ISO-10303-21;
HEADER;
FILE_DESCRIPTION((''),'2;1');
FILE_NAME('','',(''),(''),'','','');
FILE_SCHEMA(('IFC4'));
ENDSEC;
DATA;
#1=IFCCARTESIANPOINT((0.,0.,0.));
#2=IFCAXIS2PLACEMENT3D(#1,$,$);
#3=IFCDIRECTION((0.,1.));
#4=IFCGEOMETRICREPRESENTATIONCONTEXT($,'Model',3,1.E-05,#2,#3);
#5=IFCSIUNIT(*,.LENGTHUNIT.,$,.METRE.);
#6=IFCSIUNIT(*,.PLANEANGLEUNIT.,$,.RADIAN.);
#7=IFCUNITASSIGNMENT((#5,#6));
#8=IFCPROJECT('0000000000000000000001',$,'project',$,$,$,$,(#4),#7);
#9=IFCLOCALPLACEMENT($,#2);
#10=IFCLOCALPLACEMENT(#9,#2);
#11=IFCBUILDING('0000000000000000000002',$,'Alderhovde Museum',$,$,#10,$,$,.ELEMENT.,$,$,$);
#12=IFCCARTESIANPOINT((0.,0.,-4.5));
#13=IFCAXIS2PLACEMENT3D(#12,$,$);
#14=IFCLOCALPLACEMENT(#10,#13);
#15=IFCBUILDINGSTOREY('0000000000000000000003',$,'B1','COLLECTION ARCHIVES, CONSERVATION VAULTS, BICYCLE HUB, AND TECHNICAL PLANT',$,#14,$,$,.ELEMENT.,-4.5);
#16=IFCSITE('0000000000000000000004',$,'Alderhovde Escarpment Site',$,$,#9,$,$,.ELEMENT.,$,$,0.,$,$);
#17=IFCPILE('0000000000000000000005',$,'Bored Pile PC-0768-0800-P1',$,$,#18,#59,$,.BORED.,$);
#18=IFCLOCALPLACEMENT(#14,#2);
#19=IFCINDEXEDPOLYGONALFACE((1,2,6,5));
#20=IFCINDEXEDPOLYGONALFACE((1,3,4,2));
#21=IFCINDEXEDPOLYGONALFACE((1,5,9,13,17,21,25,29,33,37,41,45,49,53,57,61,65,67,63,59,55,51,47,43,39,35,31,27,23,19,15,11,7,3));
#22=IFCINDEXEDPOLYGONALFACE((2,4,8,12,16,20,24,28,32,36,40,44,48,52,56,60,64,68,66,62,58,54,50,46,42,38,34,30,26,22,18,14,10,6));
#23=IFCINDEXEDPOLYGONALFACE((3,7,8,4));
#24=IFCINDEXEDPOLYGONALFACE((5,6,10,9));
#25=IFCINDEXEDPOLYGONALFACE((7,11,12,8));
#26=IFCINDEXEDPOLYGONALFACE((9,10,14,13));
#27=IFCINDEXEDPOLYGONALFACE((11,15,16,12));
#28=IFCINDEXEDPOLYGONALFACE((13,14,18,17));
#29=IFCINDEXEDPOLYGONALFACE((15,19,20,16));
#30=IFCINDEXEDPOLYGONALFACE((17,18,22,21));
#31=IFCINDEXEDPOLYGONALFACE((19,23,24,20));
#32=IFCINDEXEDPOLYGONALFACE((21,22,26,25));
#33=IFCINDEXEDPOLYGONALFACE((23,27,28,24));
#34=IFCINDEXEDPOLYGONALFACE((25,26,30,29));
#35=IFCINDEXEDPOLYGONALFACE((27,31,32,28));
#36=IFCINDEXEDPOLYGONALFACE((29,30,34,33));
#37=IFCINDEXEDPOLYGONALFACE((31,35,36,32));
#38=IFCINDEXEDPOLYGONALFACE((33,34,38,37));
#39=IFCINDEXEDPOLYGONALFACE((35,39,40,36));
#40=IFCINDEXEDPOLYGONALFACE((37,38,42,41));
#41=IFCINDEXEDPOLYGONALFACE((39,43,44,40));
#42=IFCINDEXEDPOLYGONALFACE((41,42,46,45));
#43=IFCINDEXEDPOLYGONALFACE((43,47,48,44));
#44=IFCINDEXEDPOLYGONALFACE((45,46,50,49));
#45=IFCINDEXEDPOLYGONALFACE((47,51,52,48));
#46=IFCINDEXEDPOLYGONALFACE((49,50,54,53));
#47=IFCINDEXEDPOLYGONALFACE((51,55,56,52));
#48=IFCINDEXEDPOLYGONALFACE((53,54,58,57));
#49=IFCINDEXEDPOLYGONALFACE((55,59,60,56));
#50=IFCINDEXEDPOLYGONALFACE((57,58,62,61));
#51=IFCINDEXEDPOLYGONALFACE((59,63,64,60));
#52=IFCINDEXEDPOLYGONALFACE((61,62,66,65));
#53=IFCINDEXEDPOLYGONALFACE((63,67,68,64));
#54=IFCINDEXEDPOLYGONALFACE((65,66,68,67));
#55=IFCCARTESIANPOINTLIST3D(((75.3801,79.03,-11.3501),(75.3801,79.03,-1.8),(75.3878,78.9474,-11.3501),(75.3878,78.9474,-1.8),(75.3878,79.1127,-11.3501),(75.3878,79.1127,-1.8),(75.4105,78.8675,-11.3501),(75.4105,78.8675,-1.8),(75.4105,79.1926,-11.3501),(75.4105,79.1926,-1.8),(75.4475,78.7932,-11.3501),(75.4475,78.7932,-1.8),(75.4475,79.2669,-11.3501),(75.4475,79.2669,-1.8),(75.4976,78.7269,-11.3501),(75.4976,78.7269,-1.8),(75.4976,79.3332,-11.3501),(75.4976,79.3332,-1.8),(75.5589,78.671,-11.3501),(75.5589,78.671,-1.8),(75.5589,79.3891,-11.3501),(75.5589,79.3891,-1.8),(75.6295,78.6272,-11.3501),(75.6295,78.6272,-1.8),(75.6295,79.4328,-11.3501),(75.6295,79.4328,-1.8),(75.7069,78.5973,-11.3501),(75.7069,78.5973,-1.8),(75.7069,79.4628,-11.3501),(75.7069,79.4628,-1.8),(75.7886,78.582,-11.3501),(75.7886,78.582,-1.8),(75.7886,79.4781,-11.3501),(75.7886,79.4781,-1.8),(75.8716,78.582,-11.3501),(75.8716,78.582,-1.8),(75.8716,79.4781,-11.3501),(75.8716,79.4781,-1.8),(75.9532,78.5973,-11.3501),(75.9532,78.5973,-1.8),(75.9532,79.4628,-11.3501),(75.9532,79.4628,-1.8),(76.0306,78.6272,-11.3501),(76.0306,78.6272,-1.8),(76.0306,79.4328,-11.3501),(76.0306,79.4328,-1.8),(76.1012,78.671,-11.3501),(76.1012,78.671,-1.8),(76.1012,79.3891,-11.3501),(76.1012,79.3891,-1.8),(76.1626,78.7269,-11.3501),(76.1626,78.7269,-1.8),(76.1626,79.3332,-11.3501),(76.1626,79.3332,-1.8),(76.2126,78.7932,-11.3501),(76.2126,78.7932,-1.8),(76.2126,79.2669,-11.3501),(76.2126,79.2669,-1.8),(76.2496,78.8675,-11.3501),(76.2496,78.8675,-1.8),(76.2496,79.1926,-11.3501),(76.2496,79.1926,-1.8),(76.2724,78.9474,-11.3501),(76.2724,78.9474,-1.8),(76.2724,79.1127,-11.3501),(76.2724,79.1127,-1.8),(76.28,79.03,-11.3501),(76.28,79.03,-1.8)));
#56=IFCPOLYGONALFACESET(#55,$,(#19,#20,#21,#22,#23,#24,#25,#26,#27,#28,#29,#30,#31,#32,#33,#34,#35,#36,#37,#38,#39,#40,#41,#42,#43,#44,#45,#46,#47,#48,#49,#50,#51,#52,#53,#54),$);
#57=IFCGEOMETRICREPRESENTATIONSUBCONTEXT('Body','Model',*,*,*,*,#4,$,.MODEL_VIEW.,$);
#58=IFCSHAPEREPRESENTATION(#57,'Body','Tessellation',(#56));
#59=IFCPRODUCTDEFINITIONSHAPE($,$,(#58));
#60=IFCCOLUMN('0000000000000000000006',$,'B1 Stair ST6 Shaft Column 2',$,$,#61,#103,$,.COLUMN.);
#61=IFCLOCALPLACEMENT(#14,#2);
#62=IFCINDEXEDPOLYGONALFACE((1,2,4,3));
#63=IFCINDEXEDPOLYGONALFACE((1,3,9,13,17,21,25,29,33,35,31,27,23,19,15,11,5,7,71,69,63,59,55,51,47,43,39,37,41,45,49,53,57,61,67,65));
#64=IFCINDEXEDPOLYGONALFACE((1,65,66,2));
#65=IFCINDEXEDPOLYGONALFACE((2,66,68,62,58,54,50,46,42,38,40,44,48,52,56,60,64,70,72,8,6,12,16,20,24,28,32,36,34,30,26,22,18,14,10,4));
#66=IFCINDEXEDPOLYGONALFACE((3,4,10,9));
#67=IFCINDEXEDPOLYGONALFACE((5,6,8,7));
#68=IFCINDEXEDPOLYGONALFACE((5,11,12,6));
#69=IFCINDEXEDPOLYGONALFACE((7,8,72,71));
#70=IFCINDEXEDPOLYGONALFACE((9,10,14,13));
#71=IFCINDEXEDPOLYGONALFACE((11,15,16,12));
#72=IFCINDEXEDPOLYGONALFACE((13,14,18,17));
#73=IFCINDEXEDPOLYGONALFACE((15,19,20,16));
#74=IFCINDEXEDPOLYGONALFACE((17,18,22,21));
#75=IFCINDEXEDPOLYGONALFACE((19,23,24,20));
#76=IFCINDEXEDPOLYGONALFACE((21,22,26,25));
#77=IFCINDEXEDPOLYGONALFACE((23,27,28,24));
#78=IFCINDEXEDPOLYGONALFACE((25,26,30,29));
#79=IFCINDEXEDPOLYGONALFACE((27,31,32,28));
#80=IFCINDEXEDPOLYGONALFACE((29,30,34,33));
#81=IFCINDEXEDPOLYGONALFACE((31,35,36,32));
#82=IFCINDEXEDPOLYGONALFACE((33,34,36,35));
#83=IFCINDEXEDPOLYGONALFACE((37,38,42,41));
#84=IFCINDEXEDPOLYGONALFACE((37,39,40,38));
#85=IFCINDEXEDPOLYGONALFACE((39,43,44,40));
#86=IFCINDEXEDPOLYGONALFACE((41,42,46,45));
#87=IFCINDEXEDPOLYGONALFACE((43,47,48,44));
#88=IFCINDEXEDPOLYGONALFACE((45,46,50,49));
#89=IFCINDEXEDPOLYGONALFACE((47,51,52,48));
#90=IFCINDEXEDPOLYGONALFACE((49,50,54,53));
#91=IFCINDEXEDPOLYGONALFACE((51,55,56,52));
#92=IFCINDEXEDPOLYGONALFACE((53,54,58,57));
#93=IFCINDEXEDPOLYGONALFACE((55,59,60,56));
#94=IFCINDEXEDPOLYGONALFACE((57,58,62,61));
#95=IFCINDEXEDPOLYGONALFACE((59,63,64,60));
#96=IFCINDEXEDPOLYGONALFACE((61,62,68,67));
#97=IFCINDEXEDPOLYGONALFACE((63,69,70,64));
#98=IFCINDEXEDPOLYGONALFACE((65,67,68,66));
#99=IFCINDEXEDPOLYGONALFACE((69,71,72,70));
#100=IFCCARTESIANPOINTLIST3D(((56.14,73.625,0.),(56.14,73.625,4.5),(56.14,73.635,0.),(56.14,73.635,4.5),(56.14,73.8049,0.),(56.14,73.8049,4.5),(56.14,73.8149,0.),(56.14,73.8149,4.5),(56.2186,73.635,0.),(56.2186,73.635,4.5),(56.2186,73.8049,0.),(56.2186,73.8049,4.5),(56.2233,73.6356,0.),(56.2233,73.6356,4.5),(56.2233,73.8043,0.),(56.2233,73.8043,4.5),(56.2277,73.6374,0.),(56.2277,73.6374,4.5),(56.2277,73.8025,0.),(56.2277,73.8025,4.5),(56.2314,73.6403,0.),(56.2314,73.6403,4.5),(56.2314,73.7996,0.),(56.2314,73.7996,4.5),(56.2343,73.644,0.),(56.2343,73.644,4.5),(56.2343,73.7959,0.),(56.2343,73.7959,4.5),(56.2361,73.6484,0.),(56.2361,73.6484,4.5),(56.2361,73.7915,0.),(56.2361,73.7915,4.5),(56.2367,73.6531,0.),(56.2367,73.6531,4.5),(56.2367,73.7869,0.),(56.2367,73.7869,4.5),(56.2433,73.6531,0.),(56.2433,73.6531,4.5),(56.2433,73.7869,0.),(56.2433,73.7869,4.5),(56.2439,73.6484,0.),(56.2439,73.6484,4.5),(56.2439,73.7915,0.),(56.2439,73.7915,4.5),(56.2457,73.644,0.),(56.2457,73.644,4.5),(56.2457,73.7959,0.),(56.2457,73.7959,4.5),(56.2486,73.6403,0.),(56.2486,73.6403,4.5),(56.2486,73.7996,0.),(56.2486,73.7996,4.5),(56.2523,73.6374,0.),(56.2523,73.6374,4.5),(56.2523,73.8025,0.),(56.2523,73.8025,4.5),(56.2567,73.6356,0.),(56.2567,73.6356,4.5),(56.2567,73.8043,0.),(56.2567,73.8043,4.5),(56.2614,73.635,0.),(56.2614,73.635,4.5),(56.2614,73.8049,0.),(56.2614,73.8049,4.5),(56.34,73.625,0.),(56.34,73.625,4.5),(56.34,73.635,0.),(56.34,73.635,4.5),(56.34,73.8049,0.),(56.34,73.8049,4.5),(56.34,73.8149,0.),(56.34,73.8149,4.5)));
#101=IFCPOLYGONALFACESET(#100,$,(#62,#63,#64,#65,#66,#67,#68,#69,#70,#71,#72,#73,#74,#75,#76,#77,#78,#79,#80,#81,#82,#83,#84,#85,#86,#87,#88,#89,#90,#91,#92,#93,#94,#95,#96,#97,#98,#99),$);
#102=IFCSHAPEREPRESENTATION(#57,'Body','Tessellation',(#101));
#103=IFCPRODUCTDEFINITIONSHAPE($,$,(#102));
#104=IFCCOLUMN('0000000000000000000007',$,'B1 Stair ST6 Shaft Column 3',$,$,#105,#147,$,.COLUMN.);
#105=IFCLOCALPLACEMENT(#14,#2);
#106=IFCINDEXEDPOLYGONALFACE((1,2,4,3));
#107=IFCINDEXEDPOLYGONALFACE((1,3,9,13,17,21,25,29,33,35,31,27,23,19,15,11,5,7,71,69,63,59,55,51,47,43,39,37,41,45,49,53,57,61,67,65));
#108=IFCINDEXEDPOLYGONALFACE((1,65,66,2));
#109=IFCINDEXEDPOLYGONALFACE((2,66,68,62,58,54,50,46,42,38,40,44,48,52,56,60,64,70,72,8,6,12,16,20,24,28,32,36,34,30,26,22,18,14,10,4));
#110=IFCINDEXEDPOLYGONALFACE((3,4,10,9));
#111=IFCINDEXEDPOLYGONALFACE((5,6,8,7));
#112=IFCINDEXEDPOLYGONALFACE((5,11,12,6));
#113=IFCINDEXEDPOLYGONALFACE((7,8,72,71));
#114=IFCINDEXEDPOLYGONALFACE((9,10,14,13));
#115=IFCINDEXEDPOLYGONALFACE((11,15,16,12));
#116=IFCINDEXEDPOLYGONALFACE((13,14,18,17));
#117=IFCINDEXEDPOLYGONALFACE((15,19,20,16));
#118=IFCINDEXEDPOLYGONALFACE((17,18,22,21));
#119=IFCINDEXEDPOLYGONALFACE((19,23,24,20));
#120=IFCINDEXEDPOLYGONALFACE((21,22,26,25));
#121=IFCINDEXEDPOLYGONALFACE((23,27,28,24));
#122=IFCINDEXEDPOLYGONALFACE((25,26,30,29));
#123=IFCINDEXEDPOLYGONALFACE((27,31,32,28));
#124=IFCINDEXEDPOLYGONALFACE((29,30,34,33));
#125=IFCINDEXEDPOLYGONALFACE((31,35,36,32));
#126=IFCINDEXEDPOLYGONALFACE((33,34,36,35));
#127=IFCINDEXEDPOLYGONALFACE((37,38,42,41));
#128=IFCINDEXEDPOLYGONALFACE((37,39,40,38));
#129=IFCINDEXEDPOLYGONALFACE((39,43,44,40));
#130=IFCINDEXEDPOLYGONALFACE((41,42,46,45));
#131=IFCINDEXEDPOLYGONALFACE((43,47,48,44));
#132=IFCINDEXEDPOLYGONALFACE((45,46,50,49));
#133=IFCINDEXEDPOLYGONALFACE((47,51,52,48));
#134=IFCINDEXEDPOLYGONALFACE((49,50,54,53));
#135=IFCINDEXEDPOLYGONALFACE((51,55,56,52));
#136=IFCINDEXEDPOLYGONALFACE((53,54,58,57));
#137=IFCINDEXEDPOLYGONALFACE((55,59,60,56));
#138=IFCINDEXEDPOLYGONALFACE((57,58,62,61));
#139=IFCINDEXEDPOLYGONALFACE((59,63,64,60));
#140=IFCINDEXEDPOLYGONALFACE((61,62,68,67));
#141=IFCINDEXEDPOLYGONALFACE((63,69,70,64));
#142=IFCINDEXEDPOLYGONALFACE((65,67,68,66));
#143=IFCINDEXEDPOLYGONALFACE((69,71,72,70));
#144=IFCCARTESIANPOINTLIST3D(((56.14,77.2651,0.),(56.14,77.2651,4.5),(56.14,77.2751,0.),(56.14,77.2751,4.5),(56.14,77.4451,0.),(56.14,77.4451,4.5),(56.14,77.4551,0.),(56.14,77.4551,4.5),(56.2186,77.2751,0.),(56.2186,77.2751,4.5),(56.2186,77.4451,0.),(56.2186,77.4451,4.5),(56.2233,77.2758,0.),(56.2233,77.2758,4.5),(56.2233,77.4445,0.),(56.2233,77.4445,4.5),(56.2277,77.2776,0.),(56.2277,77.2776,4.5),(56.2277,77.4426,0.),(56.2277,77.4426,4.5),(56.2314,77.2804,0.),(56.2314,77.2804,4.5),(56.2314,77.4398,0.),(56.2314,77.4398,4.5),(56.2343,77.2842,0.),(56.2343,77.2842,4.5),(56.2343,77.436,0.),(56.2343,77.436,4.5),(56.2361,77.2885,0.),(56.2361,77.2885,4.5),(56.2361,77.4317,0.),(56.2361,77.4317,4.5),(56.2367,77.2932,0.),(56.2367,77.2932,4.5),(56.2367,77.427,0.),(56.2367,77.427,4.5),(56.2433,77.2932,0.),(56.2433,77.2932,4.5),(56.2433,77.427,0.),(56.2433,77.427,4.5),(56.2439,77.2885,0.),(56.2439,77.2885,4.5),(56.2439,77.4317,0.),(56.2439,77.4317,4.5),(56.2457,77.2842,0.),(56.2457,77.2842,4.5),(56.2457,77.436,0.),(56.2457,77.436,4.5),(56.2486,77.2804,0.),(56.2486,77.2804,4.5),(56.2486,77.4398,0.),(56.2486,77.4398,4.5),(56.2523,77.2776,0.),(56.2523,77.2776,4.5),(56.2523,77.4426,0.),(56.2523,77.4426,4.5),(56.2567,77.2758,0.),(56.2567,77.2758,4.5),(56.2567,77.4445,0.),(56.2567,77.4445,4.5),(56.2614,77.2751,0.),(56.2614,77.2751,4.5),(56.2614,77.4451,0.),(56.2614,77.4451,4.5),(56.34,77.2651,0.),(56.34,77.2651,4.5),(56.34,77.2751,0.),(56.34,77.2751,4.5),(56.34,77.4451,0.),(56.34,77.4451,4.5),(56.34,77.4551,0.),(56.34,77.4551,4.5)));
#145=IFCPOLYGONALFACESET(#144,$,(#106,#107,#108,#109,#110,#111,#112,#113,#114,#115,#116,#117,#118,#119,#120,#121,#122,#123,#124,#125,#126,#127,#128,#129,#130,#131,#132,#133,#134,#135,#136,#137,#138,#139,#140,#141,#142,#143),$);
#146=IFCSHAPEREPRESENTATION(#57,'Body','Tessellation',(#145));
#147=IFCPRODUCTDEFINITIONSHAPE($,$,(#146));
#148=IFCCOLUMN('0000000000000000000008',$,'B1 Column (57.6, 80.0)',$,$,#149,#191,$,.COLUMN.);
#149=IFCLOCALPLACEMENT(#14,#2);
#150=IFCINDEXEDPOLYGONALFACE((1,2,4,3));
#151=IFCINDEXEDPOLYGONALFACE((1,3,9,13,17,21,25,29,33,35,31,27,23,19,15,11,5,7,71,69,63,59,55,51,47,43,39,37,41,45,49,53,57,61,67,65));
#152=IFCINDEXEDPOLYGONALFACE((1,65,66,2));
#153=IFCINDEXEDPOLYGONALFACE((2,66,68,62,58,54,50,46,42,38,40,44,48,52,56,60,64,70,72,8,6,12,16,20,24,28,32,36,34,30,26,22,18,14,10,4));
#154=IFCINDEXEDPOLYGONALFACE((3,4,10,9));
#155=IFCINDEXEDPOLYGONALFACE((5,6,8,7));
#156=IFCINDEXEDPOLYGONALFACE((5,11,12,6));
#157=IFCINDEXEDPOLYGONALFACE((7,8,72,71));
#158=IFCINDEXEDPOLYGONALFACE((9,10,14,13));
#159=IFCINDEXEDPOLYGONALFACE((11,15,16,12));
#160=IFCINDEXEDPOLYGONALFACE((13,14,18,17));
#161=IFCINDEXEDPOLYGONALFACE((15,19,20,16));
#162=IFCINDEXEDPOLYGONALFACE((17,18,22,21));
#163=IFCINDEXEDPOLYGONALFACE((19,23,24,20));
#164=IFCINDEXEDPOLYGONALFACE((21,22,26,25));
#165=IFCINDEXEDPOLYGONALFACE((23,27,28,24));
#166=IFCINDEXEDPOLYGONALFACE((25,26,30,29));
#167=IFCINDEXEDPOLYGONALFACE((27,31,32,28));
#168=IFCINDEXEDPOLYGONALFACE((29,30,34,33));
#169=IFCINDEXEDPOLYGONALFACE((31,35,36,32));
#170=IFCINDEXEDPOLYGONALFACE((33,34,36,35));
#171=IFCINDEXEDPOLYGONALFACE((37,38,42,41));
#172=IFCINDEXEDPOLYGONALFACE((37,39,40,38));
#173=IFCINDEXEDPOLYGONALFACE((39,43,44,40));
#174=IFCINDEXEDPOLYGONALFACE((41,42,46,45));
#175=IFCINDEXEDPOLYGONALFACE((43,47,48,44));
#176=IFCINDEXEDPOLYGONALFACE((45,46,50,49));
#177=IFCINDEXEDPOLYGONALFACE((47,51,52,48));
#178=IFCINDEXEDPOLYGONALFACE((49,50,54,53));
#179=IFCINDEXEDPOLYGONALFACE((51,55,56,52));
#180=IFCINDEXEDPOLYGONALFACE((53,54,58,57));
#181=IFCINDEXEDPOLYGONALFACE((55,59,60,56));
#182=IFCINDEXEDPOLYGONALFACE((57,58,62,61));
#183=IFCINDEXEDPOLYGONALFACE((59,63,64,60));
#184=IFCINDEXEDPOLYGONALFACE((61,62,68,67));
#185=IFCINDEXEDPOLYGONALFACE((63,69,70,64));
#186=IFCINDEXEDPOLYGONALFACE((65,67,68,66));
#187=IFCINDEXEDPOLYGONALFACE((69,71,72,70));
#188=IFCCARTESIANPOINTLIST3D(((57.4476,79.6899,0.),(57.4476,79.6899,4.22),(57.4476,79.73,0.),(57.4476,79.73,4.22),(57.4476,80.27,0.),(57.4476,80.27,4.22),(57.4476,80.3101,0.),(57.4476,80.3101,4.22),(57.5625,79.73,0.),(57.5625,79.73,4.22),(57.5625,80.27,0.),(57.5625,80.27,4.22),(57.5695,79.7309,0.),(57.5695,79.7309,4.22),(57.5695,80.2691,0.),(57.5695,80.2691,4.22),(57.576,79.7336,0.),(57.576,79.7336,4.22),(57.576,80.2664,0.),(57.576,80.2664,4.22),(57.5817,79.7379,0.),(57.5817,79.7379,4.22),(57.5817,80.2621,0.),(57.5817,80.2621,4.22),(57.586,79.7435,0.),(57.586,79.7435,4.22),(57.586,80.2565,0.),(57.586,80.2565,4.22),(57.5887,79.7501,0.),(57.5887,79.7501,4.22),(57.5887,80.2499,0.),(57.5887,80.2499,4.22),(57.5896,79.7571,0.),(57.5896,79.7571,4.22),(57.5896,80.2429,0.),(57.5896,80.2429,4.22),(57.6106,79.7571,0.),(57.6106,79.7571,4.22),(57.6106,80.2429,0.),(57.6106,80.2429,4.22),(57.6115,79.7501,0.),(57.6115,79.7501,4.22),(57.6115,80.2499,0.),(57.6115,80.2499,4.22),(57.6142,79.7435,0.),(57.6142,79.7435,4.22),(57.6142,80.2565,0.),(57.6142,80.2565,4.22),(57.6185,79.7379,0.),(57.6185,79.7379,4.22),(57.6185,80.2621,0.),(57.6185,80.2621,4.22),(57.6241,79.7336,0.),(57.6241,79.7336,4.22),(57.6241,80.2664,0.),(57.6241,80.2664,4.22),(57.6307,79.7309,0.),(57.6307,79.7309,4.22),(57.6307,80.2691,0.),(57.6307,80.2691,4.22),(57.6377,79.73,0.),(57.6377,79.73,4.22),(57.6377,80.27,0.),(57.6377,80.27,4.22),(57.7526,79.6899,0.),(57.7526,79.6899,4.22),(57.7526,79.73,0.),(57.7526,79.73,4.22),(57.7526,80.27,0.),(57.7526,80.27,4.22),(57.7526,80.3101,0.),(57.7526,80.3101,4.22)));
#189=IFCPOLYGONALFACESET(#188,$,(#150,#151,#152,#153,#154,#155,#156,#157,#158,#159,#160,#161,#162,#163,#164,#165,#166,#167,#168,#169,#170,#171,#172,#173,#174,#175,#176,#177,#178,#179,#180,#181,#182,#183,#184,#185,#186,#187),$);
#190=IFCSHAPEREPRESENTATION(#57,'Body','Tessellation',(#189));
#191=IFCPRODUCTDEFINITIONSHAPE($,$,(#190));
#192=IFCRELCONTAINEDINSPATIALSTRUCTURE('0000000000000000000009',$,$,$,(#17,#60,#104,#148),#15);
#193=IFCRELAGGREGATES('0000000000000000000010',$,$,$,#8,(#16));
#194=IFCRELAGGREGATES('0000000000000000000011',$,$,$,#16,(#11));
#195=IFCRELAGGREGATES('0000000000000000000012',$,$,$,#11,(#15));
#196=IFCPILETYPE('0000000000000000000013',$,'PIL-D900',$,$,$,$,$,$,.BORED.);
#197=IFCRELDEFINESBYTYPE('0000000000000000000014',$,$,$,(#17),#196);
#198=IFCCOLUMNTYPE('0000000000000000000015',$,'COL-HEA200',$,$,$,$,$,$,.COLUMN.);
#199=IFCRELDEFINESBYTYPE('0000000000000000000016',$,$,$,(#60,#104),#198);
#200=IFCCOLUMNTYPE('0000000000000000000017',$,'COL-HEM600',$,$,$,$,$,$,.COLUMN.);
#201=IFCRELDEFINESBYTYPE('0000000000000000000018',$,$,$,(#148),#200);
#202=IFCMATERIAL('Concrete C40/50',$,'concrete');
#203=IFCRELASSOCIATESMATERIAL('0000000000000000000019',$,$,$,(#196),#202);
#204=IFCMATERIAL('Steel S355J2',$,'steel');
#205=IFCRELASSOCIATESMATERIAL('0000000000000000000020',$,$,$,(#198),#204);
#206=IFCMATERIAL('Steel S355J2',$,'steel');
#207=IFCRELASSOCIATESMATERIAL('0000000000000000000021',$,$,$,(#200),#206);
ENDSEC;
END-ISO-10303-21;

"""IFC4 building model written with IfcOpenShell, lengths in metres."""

from ifc_helpers import new_model, si_unit, direction, frame, origin, origin_2d, place, context, subcontext, project, spatial, circle, i_section, extrude, material, material_profile, profile_set, type_object, element, save


model = new_model("IFC4")

# Units and contexts
model_context = context("Model", 3, precision=1e-05, world=origin(), true_north=direction((0.0, 1.0)))
body_context = subcontext(model_context, "Body", "Model", "MODEL_VIEW")
ifc_project = project(units=[si_unit("LENGTHUNIT", "METRE"), si_unit("PLANEANGLEUNIT", "RADIAN")], contexts=[model_context])

# Site, building, storey
site_placement = place(None, origin())
site = spatial("IfcSite", under=ifc_project, at=site_placement, Name="Alderhovde Escarpment Site", CompositionType="ELEMENT", RefElevation=0.0)
building_placement = place(site_placement, origin())
building = spatial("IfcBuilding", under=site, at=building_placement, Name="Alderhovde Museum", CompositionType="ELEMENT")
storey_placement = place(building_placement, frame((0.0, 0.0, -4.5)))
storey = spatial("IfcBuildingStorey", under=building, at=storey_placement, Name="B1", Description="COLLECTION ARCHIVES, CONSERVATION VAULTS, BICYCLE HUB, AND TECHNICAL PLANT", CompositionType="ELEMENT", Elevation=-4.5)

# Pile
ifc_material_1 = material(Name="Concrete C40/50", Category="concrete")
ifc_material_profile_1 = material_profile(ifc_material_1, circle(Radius=0.45, at=origin_2d()), Name="PILE-D900")
ifc_profile_set_1 = profile_set([ifc_material_profile_1], Name="Concrete C40/50")
pile_type = type_object("IfcPileType", Name="PIL-D900", PredefinedType="BORED", material=ifc_profile_set_1)
pile_placement = place(storey_placement, frame((75.8301, 79.03, -1.8), z_axis=(0.0, 0.0, -1.0), x_axis=(1.0, 0.0, 0.0)))
element("IfcPile", 1, at=pile_placement, inside=storey, type_object=pile_type, Name="Bored Pile PC-0768-0800-P1", PredefinedType="BORED", context=body_context, shape_type="SweptSolid", body=[
    extrude(circle(Radius=0.45, at=origin_2d()), origin(), (0.0, 0.0, 1.0), 9.55),
])

# Columns
ifc_material_2 = material(Name="Steel S355J2", Category="steel")
ifc_material_profile_2 = material_profile(ifc_material_2, i_section(OverallWidth=0.2, OverallDepth=0.1899, WebThickness=0.0066, FlangeThickness=0.01, FilletRadius=0.0181, at=origin_2d()), Name="HEA 200")
ifc_profile_set_2 = profile_set([ifc_material_profile_2], Name="Steel S355J2")
column_type_1 = type_object("IfcColumnType", Name="COL-HEA200", PredefinedType="COLUMN", material=ifc_profile_set_2)
for number, where, z_axis, x_axis, name in (
    (2, (56.24, 73.72, 0.0), (0.0, 0.0, 1.0), (1.0, 0.0, 0.0), "B1 Stair ST6 Shaft Column 2"),
    (3, (56.24, 77.3601, 0.0), (0.0, 0.0, 1.0), (1.0, 0.0, 0.0), "B1 Stair ST6 Shaft Column 3"),
):
    element("IfcColumn", number, at=place(storey_placement, frame(where, z_axis=z_axis, x_axis=x_axis)), inside=storey, type_object=column_type_1, Name=name, PredefinedType="COLUMN", context=body_context, shape_type="SweptSolid", body=[
        extrude(i_section(OverallWidth=0.2, OverallDepth=0.1899, WebThickness=0.0066, FlangeThickness=0.01, FilletRadius=0.0181, at=origin_2d()), origin(), (0.0, 0.0, 1.0), 4.5),
    ])
ifc_material_3 = material(Name="Steel S355J2", Category="steel")
ifc_material_profile_3 = material_profile(ifc_material_3, i_section(OverallWidth=0.3049, OverallDepth=0.6201, WebThickness=0.021, FlangeThickness=0.04, FilletRadius=0.0271, at=origin_2d()), Name="HEM 600")
ifc_profile_set_3 = profile_set([ifc_material_profile_3], Name="Steel S355J2")
column_type_2 = type_object("IfcColumnType", Name="COL-HEM600", PredefinedType="COLUMN", material=ifc_profile_set_3)
for number, where, z_axis, x_axis, name in (
    (4, (57.6001, 80.0, 0.0), (0.0, 0.0, 1.0), (1.0, 0.0, 0.0), "B1 Column (57.6, 80.0)"),
):
    element("IfcColumn", number, at=place(storey_placement, frame(where, z_axis=z_axis, x_axis=x_axis)), inside=storey, type_object=column_type_2, Name=name, PredefinedType="COLUMN", context=body_context, shape_type="SweptSolid", body=[
        extrude(i_section(OverallWidth=0.3049, OverallDepth=0.6201, WebThickness=0.021, FlangeThickness=0.04, FilletRadius=0.0271, at=origin_2d()), origin(), (0.0, 0.0, 1.0), 4.22),
    ])

save(model, "model.ifc")
